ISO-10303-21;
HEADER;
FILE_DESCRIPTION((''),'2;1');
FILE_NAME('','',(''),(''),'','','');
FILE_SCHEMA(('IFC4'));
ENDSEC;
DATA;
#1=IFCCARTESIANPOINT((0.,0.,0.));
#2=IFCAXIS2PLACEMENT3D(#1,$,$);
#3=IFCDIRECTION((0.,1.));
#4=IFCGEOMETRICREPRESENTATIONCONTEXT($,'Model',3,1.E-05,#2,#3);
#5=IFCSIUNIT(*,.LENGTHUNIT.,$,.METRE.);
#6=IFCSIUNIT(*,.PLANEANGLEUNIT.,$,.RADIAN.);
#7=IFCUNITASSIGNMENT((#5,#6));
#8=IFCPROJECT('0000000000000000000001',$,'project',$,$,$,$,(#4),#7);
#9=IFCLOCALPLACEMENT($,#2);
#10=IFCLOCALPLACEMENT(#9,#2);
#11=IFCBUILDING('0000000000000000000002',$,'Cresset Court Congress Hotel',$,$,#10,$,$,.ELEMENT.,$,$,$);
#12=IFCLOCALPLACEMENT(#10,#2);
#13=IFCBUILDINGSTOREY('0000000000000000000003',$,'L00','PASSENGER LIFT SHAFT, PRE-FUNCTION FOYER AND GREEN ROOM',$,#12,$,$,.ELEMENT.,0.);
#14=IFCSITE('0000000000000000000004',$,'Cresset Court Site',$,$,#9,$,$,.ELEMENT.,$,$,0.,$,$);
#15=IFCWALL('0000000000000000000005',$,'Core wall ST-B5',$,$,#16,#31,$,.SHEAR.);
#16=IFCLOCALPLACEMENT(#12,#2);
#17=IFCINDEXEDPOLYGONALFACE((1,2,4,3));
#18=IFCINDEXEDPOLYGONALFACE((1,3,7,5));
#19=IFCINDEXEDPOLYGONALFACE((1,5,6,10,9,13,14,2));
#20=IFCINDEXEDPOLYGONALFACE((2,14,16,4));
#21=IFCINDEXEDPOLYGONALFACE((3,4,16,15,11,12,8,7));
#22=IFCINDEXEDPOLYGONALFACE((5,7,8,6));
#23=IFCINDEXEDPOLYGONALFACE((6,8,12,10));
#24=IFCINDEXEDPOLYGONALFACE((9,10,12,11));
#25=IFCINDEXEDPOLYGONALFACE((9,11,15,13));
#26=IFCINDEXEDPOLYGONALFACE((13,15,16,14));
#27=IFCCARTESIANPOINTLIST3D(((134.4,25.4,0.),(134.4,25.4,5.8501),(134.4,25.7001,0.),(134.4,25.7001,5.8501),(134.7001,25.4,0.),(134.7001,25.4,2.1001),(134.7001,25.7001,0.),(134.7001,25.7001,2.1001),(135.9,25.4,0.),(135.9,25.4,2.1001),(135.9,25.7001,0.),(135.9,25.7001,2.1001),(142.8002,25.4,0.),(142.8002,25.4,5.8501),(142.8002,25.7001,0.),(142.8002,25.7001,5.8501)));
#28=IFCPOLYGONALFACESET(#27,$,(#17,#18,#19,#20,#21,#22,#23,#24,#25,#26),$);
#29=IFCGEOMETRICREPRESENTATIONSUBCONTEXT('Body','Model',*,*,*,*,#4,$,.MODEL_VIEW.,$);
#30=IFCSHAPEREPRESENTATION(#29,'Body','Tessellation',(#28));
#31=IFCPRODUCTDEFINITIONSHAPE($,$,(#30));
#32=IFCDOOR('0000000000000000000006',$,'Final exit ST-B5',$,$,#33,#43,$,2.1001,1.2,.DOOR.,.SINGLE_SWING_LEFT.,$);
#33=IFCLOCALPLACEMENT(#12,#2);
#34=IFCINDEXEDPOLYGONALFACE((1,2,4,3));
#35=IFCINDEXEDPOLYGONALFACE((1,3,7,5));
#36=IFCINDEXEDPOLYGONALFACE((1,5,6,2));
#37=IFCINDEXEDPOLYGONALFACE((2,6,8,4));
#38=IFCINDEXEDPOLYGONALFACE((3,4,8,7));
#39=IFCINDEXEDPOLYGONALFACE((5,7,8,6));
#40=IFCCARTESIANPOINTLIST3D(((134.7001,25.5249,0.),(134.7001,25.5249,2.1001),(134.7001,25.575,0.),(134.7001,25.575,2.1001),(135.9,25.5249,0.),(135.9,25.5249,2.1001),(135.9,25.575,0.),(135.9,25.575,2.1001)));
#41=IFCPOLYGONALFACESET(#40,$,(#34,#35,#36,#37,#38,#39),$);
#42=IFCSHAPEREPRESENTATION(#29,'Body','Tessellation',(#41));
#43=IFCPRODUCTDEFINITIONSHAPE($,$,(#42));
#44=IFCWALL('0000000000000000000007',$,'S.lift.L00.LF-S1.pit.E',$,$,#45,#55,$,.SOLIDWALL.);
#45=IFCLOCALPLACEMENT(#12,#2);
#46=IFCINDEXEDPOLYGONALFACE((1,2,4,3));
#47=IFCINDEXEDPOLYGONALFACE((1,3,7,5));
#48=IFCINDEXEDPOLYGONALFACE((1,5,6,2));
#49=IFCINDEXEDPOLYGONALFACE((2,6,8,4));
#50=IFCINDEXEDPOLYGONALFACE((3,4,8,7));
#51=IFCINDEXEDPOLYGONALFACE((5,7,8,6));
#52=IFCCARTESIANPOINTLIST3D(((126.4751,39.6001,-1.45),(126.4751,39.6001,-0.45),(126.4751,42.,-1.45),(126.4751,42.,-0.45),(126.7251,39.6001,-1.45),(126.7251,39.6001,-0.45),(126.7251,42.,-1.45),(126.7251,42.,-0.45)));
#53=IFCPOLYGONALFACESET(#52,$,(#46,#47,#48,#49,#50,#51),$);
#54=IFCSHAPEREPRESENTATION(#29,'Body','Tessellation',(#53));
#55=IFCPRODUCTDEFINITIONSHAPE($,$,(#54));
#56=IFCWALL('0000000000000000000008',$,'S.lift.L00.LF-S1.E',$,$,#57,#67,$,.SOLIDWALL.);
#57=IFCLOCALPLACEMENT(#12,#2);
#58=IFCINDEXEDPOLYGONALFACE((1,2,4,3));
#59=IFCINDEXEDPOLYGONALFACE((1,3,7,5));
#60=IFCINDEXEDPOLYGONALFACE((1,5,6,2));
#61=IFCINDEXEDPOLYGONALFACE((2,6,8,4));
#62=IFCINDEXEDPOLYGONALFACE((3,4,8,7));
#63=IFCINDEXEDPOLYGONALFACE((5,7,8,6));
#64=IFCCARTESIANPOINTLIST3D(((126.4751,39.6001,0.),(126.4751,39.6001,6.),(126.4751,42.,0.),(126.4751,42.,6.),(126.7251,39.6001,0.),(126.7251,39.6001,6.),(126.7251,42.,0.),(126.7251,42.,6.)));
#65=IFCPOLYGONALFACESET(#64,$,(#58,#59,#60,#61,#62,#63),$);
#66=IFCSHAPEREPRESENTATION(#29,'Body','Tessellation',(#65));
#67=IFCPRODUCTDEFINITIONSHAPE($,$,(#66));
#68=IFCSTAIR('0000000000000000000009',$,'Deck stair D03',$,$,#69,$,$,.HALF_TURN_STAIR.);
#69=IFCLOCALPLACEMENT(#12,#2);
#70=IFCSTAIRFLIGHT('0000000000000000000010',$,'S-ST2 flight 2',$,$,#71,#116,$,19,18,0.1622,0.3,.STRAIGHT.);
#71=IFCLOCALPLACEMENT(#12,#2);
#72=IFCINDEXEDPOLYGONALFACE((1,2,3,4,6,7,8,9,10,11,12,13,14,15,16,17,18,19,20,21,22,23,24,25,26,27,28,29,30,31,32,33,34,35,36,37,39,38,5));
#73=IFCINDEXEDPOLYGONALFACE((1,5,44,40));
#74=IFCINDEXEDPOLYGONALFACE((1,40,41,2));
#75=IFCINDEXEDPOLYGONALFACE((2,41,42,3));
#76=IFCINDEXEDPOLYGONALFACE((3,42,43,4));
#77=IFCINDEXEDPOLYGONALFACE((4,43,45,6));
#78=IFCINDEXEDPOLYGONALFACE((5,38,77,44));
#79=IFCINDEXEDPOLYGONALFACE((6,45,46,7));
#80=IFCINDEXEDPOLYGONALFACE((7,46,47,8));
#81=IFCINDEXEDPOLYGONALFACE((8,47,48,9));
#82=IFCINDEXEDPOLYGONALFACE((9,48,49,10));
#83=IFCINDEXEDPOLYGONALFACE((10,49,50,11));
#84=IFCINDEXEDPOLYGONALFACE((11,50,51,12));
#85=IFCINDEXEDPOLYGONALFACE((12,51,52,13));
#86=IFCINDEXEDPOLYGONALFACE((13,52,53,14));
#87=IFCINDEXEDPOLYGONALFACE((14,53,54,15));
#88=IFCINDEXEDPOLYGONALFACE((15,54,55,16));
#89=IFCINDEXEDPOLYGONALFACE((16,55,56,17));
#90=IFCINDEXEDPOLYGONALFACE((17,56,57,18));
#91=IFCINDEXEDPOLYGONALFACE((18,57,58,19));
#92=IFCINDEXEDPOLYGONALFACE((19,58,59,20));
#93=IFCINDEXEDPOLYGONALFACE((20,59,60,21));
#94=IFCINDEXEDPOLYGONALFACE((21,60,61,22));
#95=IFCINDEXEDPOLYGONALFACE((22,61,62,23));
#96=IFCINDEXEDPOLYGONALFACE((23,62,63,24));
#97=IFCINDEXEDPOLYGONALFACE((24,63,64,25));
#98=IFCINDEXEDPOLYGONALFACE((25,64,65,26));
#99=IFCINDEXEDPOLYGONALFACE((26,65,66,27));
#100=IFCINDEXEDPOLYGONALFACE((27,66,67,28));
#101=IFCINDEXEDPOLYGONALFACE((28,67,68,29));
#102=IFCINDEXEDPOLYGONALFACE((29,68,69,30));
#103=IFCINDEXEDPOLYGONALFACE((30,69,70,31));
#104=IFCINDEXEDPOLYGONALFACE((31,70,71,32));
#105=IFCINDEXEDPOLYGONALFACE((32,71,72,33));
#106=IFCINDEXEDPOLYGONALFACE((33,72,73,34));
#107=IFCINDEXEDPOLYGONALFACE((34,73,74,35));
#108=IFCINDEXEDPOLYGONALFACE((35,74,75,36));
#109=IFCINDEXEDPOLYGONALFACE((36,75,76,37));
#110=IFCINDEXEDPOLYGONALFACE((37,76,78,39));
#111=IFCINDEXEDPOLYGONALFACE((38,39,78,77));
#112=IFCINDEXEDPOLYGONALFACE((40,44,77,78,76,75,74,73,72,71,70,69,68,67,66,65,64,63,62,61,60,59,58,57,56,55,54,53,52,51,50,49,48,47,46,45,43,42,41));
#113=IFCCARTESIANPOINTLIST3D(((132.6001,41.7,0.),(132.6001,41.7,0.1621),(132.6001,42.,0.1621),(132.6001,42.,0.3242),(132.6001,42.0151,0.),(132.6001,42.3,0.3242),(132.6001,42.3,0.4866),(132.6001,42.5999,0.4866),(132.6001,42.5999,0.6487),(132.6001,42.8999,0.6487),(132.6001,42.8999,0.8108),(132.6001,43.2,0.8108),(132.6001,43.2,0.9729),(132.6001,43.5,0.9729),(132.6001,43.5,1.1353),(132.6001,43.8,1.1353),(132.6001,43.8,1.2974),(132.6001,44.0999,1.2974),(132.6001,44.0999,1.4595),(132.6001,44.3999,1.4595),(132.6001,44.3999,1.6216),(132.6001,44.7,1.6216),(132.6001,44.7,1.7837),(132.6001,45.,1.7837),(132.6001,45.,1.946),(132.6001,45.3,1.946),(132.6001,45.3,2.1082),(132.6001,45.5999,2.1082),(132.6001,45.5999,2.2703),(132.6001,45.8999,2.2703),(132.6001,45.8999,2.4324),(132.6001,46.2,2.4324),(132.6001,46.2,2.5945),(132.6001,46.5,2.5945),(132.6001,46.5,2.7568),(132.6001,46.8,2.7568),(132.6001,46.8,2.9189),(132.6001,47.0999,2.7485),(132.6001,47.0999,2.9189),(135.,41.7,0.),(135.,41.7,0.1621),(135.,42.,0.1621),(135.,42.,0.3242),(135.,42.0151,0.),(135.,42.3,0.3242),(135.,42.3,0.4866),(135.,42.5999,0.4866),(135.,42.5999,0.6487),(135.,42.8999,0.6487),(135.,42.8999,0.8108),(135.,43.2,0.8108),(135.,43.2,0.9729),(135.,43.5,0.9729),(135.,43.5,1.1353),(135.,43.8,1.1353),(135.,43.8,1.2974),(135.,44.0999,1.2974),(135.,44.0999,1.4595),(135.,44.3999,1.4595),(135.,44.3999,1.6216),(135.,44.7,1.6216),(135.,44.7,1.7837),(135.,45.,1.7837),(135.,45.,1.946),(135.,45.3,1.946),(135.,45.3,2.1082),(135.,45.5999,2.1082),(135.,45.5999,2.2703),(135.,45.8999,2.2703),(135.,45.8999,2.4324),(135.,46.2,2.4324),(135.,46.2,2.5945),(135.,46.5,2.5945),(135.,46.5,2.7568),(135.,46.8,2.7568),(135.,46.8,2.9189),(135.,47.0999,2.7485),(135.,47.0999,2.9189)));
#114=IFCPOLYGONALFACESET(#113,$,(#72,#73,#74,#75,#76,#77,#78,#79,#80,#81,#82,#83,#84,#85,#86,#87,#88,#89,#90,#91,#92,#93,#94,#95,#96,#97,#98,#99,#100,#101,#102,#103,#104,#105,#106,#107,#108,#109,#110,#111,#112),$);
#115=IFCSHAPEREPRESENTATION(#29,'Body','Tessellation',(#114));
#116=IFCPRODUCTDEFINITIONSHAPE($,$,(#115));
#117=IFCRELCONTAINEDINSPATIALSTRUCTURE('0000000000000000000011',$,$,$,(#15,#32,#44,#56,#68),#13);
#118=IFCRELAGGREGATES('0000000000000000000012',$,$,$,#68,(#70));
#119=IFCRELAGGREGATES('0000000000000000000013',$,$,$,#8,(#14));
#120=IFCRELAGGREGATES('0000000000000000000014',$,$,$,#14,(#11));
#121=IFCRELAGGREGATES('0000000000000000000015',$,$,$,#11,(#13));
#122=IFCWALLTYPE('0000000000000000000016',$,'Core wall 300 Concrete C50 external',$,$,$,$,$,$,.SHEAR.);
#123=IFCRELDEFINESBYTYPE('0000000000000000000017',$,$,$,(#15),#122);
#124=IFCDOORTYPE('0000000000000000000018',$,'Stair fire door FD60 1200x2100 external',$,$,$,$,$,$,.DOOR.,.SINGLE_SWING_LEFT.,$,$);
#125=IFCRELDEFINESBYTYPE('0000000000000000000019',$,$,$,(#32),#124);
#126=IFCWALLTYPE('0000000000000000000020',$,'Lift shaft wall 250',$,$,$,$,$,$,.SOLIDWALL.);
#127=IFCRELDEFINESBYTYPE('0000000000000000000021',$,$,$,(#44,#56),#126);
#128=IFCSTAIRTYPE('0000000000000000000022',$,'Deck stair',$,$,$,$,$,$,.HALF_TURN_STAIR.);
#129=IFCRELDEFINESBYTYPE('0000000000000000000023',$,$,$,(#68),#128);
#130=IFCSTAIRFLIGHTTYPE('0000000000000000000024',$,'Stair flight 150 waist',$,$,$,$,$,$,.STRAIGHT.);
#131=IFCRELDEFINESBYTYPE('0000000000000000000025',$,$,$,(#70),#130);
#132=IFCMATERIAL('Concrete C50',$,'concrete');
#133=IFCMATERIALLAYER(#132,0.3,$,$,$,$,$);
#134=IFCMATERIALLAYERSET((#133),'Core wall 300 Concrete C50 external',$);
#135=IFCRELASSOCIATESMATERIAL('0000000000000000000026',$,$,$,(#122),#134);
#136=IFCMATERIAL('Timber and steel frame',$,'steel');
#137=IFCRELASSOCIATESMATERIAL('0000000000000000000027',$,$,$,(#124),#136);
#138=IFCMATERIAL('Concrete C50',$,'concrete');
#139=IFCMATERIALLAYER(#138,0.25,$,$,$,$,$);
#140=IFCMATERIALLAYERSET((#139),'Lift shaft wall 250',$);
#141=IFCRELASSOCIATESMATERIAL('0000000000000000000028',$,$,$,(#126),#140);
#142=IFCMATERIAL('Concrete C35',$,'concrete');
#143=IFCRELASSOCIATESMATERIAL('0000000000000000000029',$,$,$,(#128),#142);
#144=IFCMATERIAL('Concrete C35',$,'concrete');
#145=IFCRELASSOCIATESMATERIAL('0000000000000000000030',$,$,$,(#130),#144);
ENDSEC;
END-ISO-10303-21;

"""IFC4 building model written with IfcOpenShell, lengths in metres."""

from ifc_helpers import new_model, si_unit, direction, frame, frame_2d, origin, place, context, subcontext, project, spatial, polyline, rectangle, outline, extrude, material, layer, layer_set, type_object, element, fill, aggregate, save


model = new_model("IFC4")

# Units and contexts
model_context = context("Model", 3, precision=1e-05, world=origin(), true_north=direction((0.0, 1.0)))
body_context = subcontext(model_context, "Body", "Model", "MODEL_VIEW")
ifc_project = project(units=[si_unit("LENGTHUNIT", "METRE"), si_unit("PLANEANGLEUNIT", "RADIAN")], contexts=[model_context])

# Site, building, storey
site_placement = place(None, origin())
site = spatial("IfcSite", under=ifc_project, at=site_placement, Name="Cresset Court Site", CompositionType="ELEMENT", RefElevation=0.0)
building_placement = place(site_placement, origin())
building = spatial("IfcBuilding", under=site, at=building_placement, Name="Cresset Court Congress Hotel", CompositionType="ELEMENT")
storey_placement = place(building_placement, origin())
storey = spatial("IfcBuildingStorey", under=building, at=storey_placement, Name="L00", Description="PASSENGER LIFT SHAFT, PRE-FUNCTION FOYER AND GREEN ROOM", CompositionType="ELEMENT", Elevation=0.0)

# Wall, opening, door
ifc_material_1 = material(Name="Concrete C50", Category="concrete")
ifc_layer_1 = layer(ifc_material_1, 0.3)
ifc_layer_set_1 = layer_set([ifc_layer_1], Name="Core wall 300 Concrete C50 external")
wall_type_1 = type_object("IfcWallType", Name="Core wall 300 Concrete C50 external", PredefinedType="SHEAR", material=ifc_layer_set_1)
wall_1_placement = place(storey_placement, frame((134.3999, 25.55, 0.0), z_axis=(0.0, 0.0, 1.0), x_axis=(1.0, 0.0, 0.0)))
wall_1 = element("IfcWall", 1, at=wall_1_placement, inside=storey, type_object=wall_type_1, Name="Core wall ST-B5", PredefinedType="SHEAR", context=body_context, shape_type="SweptSolid", body=[
    extrude(rectangle(XDim=8.4001, YDim=0.3, at=frame_2d((4.2002, 0.0))), origin(), (0.0, 0.0, 1.0), 5.8501),
])
opening_placement = place(wall_1_placement, frame((0.3, 0.0, 0.0)))
opening = element("IfcOpeningElement", 2, at=opening_placement, cuts=wall_1, PredefinedType="OPENING", context=body_context, shape_type="SweptSolid", body=[
    extrude(rectangle(XDim=1.2, YDim=2.1001, at=frame_2d((0.6001, 1.05))), frame((0.0, 0.1599, 0.0), z_axis=(0.0, -1.0, 0.0), x_axis=(1.0, 0.0, 0.0)), (0.0, 0.0, 1.0), 0.3201),
])
ifc_material_2 = material(Name="Timber and steel frame", Category="steel")
door_type = type_object("IfcDoorType", Name="Stair fire door FD60 1200x2100 external", OperationType="SINGLE_SWING_LEFT", PredefinedType="DOOR", material=ifc_material_2)
door_placement = place(opening_placement, origin())
door = element("IfcDoor", 3, at=door_placement, inside=storey, type_object=door_type, Name="Final exit ST-B5", OperationType="SINGLE_SWING_LEFT", OverallHeight=2.1001, OverallWidth=1.2, PredefinedType="DOOR", context=body_context, shape_type="SweptSolid", body=[
    extrude(rectangle(XDim=1.2, YDim=2.1001, at=frame_2d((0.6001, 1.05))), frame((0.0, 0.0249, 0.0), z_axis=(0.0, -1.0, 0.0), x_axis=(1.0, 0.0, 0.0)), (0.0, 0.0, 1.0), 0.05),
])
fill(opening, door)

# Walls
ifc_material_3 = material(Name="Concrete C50", Category="concrete")
ifc_layer_2 = layer(ifc_material_3, 0.25)
ifc_layer_set_2 = layer_set([ifc_layer_2], Name="Lift shaft wall 250")
wall_type_2 = type_object("IfcWallType", Name="Lift shaft wall 250", PredefinedType="SOLIDWALL", material=ifc_layer_set_2)
wall_2_placement = place(storey_placement, frame((126.6001, 39.6001, -1.45), z_axis=(0.0, 0.0, 1.0), x_axis=(0.0, 1.0, 0.0)))
element("IfcWall", 4, at=wall_2_placement, inside=storey, type_object=wall_type_2, Name="S.lift.L00.LF-S1.pit.E", PredefinedType="SOLIDWALL", context=body_context, shape_type="SweptSolid", body=[
    extrude(rectangle(XDim=2.3999, YDim=0.25, at=frame_2d((1.2, 0.0))), origin(), (0.0, 0.0, 1.0), 1.0),
])
wall_3_placement = place(storey_placement, frame((126.6001, 39.6001, 0.0), z_axis=(0.0, 0.0, 1.0), x_axis=(0.0, 1.0, 0.0)))
element("IfcWall", 5, at=wall_3_placement, inside=storey, type_object=wall_type_2, Name="S.lift.L00.LF-S1.E", PredefinedType="SOLIDWALL", context=body_context, shape_type="SweptSolid", body=[
    extrude(rectangle(XDim=2.3999, YDim=0.25, at=frame_2d((1.2, 0.0))), origin(), (0.0, 0.0, 1.0), 6.0),
])

# Stair, stair flight
ifc_material_4 = material(Name="Concrete C35", Category="concrete")
stair_type = type_object("IfcStairType", Name="Deck stair", PredefinedType="HALF_TURN_STAIR", material=ifc_material_4)
stair_placement = place(storey_placement, origin())
stair = element("IfcStair", 6, at=stair_placement, inside=storey, type_object=stair_type, Name="Deck stair D03", PredefinedType="HALF_TURN_STAIR")
ifc_material_5 = material(Name="Concrete C35", Category="concrete")
stair_flight_type = type_object("IfcStairFlightType", Name="Stair flight 150 waist", PredefinedType="STRAIGHT", material=ifc_material_5)
stair_flight_placement = place(storey_placement, frame((133.8, 41.7, 0.0), z_axis=(0.0, 0.0, 1.0), x_axis=(0.0, 1.0, 0.0)))
stair_flight = element("IfcStairFlight", 7, at=stair_flight_placement, type_object=stair_flight_type, Name="S-ST2 flight 2", NumberOfRisers=19, NumberOfTreads=18, PredefinedType="STRAIGHT", RiserHeight=0.1622, TreadLength=0.3, context=body_context, shape_type="SweptSolid", body=[
    extrude(outline(polyline([(0.0, 0.0), (0.0, 0.1621), (0.3, 0.1621), (0.3, 0.3242), (0.6001, 0.3242), (0.6001, 0.4866), (0.8999, 0.4866), (0.8999, 0.6487), (1.2, 0.6487), (1.2, 0.8108), (1.5, 0.8108), (1.5, 0.9729), (1.8, 0.9729), (1.8, 1.1353), (2.1001, 1.1353), (2.1001, 1.2974), (2.3999, 1.2974), (2.3999, 1.4595), (2.7, 1.4595), (2.7, 1.6216), (3.0, 1.6216), (3.0, 1.7837), (3.3, 1.7837), (3.3, 1.946), (3.6001, 1.946), (3.6001, 2.1082), (3.8999, 2.1082), (3.8999, 2.2703), (4.2, 2.2703), (4.2, 2.4324), (4.5, 2.4324), (4.5, 2.5945), (4.8, 2.5945), (4.8, 2.7568), (5.1001, 2.7568), (5.1001, 2.9189), (5.3999, 2.9189), (5.3999, 3.0811), (5.3999, 2.7485), (0.3152, 0.0), (0.0, 0.0)])), frame((0.0, 1.2, 0.0), z_axis=(0.0, -1.0, 0.0), x_axis=(1.0, 0.0, 0.0)), (0.0, 0.0, 1.0), 2.3999),
])
aggregate(stair, [stair_flight])

save(model, "model.ifc")
